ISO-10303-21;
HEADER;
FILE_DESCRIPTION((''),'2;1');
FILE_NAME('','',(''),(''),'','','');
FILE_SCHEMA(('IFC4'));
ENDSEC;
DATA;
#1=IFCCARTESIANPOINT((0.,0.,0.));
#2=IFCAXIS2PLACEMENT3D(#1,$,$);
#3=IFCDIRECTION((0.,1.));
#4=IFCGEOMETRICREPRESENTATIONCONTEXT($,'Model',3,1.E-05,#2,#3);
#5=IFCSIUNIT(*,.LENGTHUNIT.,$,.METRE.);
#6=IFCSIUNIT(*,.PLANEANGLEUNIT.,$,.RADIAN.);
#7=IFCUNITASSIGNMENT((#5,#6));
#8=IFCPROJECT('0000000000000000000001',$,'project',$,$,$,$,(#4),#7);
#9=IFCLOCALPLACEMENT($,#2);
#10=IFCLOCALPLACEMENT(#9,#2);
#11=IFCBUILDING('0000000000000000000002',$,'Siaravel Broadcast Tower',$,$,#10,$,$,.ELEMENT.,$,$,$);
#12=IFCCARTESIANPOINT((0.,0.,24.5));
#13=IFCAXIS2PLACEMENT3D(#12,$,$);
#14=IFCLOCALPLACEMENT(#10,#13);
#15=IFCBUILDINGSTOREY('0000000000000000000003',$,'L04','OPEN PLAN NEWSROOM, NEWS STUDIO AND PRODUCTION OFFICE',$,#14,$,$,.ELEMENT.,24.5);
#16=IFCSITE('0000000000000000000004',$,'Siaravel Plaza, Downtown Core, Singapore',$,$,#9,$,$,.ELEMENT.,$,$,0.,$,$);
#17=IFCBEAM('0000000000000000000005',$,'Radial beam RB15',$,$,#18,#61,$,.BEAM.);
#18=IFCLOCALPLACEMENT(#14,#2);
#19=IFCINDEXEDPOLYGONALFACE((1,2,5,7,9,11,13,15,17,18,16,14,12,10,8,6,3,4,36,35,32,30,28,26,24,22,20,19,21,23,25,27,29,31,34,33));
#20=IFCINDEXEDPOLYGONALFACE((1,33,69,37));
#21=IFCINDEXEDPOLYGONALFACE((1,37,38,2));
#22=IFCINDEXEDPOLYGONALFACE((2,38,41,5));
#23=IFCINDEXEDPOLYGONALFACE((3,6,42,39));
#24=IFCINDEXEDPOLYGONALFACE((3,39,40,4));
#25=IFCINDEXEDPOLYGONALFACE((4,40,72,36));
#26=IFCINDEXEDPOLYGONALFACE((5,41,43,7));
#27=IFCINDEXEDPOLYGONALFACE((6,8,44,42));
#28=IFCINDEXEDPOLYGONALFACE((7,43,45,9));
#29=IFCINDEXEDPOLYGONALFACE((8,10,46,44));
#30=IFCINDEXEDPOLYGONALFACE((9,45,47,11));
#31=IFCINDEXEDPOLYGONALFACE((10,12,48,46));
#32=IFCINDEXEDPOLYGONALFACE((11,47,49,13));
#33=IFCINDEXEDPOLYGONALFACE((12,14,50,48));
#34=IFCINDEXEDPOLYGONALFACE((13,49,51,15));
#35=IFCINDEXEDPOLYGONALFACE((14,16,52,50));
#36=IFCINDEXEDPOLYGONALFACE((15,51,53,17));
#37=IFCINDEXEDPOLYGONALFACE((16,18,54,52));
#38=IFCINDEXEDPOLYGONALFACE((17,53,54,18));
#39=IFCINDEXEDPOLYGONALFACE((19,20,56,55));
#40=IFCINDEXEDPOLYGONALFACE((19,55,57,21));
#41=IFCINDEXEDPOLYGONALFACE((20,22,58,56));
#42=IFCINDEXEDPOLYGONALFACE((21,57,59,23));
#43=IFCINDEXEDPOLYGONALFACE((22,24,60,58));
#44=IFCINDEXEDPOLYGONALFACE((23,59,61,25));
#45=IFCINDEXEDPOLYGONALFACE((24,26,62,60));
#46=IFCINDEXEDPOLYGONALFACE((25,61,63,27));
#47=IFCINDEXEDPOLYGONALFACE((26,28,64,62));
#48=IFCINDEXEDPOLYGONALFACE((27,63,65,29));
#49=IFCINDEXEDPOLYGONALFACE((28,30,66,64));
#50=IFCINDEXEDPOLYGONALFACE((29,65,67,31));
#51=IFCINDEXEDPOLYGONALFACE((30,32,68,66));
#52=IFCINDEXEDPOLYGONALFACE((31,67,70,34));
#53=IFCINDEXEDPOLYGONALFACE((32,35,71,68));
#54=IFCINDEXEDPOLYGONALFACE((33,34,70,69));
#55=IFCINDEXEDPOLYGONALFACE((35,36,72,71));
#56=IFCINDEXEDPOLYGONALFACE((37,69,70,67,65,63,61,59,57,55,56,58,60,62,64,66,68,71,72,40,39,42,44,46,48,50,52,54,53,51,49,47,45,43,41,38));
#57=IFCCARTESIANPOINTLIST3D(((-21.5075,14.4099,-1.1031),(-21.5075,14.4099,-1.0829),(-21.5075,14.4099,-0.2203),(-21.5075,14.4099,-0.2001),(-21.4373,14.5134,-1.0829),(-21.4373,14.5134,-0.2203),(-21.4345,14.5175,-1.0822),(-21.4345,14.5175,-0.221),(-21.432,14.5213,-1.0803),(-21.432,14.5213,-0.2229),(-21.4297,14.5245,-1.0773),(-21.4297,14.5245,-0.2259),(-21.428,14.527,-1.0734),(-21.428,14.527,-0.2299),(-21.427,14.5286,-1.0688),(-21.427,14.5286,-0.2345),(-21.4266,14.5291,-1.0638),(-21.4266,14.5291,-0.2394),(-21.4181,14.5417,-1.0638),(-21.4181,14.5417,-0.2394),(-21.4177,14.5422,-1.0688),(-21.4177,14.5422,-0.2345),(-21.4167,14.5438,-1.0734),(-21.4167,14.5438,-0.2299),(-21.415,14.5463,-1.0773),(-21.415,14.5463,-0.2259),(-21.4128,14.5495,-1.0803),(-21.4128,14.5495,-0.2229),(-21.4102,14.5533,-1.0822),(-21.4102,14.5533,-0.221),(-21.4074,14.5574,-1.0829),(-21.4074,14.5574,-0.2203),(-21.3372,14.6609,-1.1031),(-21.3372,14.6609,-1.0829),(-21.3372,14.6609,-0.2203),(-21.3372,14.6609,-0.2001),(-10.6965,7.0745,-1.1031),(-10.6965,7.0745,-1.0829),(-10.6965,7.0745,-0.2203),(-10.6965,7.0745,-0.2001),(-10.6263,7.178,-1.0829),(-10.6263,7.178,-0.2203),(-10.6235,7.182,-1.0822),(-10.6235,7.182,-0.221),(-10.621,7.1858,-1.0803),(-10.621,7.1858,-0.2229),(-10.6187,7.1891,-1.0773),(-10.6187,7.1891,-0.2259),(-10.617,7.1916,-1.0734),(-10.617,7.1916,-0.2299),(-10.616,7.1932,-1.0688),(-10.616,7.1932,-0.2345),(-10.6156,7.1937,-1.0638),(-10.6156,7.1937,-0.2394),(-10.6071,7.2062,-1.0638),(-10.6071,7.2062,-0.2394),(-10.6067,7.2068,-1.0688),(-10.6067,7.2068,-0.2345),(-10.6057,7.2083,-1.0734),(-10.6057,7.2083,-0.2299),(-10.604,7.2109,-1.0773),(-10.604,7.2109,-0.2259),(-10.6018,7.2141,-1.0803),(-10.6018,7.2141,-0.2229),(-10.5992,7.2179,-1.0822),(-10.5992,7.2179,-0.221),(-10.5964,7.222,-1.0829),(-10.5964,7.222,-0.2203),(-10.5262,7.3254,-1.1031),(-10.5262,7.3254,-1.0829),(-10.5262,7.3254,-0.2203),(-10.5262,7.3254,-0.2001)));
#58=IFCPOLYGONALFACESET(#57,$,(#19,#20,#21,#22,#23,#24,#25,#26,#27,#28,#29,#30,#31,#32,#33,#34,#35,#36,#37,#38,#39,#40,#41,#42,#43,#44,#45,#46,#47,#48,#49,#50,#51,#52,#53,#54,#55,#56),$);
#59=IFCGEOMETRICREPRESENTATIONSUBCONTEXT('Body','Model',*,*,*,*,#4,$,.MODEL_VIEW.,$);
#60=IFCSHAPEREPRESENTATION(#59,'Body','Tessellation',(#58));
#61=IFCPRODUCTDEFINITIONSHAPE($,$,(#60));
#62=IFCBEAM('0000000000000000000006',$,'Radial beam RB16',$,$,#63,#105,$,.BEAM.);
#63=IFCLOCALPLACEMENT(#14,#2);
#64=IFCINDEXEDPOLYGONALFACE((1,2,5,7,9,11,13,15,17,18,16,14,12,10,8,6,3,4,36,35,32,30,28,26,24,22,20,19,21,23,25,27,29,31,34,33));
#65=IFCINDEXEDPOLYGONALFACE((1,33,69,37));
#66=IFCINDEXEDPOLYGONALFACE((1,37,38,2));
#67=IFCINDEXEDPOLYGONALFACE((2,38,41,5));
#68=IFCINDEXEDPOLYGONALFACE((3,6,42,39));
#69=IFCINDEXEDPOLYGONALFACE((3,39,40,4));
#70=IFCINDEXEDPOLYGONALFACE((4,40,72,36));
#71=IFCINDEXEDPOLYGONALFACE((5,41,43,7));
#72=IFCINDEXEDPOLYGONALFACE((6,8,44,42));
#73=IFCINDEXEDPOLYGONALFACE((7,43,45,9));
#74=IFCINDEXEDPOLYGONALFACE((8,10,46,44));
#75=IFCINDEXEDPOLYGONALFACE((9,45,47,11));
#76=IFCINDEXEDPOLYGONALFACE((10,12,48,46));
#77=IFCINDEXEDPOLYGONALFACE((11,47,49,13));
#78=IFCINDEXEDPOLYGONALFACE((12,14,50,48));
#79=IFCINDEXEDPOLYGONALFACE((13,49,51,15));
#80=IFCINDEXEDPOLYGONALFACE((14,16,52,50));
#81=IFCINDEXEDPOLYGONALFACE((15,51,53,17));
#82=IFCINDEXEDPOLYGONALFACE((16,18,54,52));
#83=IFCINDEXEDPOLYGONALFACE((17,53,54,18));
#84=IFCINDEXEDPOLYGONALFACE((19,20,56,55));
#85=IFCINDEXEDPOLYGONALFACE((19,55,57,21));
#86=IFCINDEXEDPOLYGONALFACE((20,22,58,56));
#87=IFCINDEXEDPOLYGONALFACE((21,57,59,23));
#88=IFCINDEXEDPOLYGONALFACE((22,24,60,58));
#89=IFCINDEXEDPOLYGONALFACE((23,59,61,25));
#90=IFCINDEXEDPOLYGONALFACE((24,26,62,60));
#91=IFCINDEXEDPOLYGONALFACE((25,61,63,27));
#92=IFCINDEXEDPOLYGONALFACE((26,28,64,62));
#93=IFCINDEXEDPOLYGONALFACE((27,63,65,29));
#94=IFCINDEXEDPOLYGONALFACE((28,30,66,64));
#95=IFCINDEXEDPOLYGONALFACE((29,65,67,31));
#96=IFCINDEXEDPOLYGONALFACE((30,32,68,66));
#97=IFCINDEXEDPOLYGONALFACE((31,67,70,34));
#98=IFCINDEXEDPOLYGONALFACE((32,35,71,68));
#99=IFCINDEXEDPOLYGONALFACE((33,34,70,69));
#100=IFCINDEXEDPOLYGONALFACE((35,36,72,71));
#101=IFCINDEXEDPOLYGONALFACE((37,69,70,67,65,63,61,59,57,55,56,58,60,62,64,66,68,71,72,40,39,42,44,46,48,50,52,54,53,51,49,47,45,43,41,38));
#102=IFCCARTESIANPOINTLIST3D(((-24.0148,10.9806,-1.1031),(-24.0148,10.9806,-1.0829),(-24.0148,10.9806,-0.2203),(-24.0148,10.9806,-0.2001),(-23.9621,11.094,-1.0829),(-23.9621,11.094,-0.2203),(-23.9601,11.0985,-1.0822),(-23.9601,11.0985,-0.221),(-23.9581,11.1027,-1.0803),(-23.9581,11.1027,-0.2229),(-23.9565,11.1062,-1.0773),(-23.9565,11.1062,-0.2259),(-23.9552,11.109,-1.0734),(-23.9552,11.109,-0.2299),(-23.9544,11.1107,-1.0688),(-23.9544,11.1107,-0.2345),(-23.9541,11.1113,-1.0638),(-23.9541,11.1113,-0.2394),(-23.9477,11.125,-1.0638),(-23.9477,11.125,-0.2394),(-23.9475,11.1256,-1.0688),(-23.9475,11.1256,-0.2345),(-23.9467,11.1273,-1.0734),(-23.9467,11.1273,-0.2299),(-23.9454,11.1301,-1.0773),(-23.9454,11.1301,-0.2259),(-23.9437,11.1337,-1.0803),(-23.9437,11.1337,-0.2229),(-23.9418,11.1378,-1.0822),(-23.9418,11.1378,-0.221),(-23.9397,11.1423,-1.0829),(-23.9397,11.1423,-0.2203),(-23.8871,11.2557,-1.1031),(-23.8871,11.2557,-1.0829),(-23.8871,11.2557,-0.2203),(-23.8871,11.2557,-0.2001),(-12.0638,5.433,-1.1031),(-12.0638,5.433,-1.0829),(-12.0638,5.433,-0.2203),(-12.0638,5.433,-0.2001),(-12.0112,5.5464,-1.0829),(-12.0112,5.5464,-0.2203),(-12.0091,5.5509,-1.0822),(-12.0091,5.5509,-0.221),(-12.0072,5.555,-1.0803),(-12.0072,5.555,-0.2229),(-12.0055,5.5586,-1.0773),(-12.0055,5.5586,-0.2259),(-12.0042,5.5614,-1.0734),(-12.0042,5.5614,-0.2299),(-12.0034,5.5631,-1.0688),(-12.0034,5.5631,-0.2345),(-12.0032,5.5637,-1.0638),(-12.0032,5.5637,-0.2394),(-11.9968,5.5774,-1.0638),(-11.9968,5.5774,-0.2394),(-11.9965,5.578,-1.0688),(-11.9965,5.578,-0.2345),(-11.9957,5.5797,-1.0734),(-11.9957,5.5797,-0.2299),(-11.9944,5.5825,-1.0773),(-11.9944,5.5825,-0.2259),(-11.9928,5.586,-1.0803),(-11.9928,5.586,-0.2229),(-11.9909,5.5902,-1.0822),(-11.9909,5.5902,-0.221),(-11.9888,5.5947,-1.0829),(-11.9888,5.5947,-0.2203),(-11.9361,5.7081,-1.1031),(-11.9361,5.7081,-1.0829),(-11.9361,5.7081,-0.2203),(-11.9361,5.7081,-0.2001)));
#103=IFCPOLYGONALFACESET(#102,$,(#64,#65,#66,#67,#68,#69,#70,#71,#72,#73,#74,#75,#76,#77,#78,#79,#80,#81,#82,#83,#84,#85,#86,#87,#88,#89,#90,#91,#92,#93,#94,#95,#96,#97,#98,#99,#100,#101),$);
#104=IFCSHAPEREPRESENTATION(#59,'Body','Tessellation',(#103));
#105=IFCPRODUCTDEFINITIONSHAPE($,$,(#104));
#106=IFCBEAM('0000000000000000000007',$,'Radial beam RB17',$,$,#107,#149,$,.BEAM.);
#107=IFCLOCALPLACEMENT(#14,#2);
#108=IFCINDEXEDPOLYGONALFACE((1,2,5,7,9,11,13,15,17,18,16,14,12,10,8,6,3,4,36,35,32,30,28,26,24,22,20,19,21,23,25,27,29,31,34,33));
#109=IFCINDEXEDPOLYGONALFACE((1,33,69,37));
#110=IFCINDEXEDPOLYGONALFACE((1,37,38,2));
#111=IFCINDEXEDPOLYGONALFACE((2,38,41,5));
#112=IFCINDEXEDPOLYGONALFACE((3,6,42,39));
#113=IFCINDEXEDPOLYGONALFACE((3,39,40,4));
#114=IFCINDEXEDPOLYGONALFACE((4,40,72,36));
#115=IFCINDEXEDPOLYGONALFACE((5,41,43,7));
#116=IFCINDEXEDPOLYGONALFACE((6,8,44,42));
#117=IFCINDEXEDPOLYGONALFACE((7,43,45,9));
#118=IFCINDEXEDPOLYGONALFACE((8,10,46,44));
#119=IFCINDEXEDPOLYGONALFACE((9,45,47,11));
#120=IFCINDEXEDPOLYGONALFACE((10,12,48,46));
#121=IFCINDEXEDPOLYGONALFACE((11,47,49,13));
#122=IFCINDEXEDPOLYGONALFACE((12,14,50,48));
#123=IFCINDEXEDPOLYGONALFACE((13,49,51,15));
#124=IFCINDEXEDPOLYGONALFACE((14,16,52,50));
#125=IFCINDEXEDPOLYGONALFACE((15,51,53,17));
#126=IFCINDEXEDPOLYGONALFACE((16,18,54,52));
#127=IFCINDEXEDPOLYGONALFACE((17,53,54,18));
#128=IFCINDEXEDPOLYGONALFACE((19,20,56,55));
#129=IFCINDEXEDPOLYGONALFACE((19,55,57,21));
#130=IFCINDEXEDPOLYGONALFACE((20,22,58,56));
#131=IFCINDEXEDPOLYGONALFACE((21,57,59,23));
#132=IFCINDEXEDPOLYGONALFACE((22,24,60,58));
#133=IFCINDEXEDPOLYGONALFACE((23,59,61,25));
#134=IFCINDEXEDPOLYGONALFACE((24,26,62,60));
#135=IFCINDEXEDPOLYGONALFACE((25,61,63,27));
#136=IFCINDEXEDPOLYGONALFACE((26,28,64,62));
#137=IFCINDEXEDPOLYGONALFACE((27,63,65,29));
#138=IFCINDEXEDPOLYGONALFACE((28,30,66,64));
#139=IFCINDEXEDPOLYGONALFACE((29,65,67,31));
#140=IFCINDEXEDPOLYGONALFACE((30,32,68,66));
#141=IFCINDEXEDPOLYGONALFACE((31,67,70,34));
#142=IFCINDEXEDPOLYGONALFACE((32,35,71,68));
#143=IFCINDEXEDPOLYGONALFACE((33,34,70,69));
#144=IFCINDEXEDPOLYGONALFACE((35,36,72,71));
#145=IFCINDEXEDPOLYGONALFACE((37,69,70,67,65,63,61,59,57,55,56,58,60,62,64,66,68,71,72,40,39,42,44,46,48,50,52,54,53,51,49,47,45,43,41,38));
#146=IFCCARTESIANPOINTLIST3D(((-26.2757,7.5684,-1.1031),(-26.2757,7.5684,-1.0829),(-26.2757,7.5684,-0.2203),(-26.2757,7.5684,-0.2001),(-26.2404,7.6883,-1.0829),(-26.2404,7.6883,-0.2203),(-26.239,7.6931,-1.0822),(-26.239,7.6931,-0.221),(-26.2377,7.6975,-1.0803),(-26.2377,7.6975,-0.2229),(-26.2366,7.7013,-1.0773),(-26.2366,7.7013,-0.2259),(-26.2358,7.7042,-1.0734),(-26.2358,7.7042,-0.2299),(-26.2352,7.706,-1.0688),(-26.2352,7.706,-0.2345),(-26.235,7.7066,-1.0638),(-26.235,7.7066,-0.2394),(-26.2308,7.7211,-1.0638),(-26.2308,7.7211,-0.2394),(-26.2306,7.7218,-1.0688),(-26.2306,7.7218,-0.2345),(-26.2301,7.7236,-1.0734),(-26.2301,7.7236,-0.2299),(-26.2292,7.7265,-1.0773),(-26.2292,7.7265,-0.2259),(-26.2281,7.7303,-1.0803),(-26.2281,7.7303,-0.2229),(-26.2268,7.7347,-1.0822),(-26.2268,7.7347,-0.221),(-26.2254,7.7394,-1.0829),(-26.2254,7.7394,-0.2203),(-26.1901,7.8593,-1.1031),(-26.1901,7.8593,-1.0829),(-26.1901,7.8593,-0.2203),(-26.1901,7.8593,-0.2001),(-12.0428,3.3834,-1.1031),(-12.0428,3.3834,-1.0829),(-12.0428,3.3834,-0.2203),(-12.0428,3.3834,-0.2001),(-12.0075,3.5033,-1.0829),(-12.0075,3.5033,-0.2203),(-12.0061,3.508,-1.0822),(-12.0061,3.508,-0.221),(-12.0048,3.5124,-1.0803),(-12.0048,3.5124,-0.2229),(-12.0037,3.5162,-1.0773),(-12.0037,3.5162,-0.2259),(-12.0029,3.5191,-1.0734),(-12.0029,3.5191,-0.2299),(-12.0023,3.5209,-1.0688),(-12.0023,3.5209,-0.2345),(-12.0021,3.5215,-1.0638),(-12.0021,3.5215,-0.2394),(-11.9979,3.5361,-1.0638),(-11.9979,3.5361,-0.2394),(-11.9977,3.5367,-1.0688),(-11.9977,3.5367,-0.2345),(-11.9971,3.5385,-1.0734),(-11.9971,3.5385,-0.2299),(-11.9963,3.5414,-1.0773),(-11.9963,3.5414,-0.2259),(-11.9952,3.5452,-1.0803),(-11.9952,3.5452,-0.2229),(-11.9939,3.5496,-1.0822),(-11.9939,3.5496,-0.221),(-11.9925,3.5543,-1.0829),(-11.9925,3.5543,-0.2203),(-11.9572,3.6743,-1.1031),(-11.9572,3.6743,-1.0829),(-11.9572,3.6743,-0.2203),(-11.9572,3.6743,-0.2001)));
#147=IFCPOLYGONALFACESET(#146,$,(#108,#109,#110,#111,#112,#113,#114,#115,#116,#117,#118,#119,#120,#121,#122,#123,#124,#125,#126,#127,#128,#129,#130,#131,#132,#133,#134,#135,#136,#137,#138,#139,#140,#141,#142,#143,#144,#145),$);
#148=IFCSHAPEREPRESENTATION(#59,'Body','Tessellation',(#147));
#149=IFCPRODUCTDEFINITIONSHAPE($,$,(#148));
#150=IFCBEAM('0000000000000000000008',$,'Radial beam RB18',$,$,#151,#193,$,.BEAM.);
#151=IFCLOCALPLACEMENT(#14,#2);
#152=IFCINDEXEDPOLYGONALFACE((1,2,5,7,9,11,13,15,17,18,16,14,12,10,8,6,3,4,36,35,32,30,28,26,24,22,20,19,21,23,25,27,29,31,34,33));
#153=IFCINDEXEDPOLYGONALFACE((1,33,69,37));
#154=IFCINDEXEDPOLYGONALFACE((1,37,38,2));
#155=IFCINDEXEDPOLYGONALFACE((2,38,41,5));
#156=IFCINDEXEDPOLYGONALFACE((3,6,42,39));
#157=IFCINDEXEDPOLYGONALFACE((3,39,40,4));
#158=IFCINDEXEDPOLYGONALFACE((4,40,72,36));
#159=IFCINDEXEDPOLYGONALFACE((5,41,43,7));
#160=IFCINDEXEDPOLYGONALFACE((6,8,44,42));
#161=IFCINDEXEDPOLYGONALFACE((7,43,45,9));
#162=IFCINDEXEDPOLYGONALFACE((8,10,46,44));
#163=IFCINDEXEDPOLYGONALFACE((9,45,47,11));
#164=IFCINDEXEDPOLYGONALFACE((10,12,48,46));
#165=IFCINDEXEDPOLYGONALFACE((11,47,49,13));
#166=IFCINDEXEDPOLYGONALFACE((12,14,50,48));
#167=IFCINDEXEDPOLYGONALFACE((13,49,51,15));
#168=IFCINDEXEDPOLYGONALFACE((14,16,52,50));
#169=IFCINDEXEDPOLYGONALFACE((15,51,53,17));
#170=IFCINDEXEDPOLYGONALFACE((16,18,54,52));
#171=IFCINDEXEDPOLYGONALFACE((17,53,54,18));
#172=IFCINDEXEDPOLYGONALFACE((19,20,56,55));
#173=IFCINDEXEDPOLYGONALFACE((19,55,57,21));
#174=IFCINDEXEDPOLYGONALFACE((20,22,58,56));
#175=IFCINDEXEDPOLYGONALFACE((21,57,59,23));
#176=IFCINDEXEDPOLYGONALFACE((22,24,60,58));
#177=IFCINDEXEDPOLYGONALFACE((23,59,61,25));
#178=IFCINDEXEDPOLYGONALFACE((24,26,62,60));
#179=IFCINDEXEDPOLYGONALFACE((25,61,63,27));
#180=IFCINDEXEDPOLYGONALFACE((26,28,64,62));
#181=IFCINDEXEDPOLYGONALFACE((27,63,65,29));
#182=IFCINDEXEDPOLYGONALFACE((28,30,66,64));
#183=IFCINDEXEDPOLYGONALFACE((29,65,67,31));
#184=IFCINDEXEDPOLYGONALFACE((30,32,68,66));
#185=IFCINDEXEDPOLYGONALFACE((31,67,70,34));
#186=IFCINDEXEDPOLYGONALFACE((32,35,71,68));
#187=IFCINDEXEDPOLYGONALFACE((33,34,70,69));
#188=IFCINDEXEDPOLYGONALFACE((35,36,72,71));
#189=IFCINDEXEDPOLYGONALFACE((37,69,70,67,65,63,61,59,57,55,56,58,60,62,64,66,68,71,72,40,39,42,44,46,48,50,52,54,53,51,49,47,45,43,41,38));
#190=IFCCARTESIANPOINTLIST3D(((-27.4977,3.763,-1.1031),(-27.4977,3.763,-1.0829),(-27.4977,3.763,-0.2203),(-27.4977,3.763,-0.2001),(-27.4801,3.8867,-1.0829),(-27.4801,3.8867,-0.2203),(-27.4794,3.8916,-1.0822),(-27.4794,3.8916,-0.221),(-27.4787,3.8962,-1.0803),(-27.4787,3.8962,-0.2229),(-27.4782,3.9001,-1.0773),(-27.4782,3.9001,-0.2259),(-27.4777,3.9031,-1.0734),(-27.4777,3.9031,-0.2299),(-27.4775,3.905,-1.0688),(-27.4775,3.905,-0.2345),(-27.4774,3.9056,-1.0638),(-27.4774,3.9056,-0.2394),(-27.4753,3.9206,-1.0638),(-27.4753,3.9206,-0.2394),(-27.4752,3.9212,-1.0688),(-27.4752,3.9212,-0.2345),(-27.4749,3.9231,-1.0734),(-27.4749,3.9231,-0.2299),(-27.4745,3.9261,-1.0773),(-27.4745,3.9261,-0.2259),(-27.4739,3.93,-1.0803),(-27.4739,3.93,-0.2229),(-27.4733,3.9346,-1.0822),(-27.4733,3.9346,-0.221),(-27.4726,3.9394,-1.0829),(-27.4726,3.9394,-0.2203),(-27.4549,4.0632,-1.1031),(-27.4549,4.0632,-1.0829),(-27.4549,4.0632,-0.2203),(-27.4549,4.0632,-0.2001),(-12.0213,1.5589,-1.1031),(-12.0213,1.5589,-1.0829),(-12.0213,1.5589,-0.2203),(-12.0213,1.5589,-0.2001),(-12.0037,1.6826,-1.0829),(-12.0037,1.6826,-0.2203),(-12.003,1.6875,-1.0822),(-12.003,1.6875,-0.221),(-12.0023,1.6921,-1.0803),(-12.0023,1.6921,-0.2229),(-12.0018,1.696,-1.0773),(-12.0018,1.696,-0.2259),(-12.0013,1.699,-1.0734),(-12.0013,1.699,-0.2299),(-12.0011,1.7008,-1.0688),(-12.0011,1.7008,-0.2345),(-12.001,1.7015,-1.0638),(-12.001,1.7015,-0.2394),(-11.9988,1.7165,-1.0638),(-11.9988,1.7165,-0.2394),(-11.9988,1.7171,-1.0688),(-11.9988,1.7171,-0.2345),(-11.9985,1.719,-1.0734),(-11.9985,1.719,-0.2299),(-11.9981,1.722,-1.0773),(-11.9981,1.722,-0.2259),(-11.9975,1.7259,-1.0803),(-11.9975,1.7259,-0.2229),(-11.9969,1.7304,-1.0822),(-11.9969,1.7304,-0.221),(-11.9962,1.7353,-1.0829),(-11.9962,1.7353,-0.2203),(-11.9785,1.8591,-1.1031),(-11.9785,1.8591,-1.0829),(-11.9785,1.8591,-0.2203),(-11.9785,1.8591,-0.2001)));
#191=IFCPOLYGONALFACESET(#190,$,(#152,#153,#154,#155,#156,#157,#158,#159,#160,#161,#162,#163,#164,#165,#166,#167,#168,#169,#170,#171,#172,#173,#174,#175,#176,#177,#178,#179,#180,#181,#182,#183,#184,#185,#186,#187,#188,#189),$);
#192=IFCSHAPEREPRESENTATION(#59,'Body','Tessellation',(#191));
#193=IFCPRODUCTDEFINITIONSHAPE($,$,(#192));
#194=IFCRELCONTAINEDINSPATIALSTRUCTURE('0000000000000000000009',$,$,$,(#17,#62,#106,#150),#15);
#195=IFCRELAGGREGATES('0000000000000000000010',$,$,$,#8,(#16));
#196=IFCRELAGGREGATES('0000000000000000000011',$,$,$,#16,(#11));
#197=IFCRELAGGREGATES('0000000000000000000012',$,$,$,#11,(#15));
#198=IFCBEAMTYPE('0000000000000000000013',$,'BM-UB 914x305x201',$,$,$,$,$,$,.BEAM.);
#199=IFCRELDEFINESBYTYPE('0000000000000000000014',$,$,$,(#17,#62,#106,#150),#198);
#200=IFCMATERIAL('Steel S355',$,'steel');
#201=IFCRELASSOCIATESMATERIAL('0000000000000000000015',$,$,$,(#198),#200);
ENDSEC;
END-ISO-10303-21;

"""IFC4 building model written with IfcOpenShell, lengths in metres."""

from ifc_helpers import new_model, si_unit, direction, frame, origin, origin_2d, place, context, subcontext, project, spatial, i_section, extrude, material, material_profile, profile_set, type_object, element, save


model = new_model("IFC4")

# Units and contexts
model_context = context("Model", 3, precision=1e-05, world=origin(), true_north=direction((0.0, 1.0)))
body_context = subcontext(model_context, "Body", "Model", "MODEL_VIEW")
ifc_project = project(units=[si_unit("LENGTHUNIT", "METRE"), si_unit("PLANEANGLEUNIT", "RADIAN")], contexts=[model_context])

# Site, building, storey
site_placement = place(None, origin())
site = spatial("IfcSite", under=ifc_project, at=site_placement, Name="Siaravel Plaza, Downtown Core, Singapore", CompositionType="ELEMENT", RefElevation=0.0)
building_placement = place(site_placement, origin())
building = spatial("IfcBuilding", under=site, at=building_placement, Name="Siaravel Broadcast Tower", CompositionType="ELEMENT")
storey_placement = place(building_placement, frame((0.0, 0.0, 24.5)))
storey = spatial("IfcBuildingStorey", under=building, at=storey_placement, Name="L04", Description="OPEN PLAN NEWSROOM, NEWS STUDIO AND PRODUCTION OFFICE", CompositionType="ELEMENT", Elevation=24.5)

# Beams
ifc_material_1 = material(Name="Steel S355", Category="steel")
ifc_material_profile_1 = material_profile(ifc_material_1, i_section(OverallWidth=0.3032, OverallDepth=0.9031, WebThickness=0.0151, FlangeThickness=0.0203, FilletRadius=0.019, at=origin_2d()))
ifc_profile_set_1 = profile_set([ifc_material_profile_1], Name="Steel S355")
beam_type = type_object("IfcBeamType", Name="BM-UB 914x305x201", PredefinedType="BEAM", material=ifc_profile_set_1)
beam_1_placement = place(storey_placement, frame((-21.4224, 14.5354, -0.6516), z_axis=(0.827497, -0.561469, 0.0), x_axis=(0.561469, 0.827497, 0.0)))
element("IfcBeam", 1, at=beam_1_placement, inside=storey, type_object=beam_type, Name="Radial beam RB15", PredefinedType="BEAM", context=body_context, shape_type="SweptSolid", body=[
    extrude(i_section(OverallWidth=0.3032, OverallDepth=0.9031, WebThickness=0.0151, FlangeThickness=0.0203, FilletRadius=0.019, at=origin_2d()), origin(), (0.0, 0.0, 1.0), 13.0647),
])
beam_2_placement = place(storey_placement, frame((-23.9509, 11.1182, -0.6516), z_axis=(0.907039, -0.421047, 0.0), x_axis=(0.421047, 0.907039, 0.0)))
element("IfcBeam", 2, at=beam_2_placement, inside=storey, type_object=beam_type, Name="Radial beam RB16", PredefinedType="BEAM", context=body_context, shape_type="SweptSolid", body=[
    extrude(i_section(OverallWidth=0.3032, OverallDepth=0.9031, WebThickness=0.0151, FlangeThickness=0.0203, FilletRadius=0.019, at=origin_2d()), origin(), (0.0, 0.0, 1.0), 13.1758),
])
beam_3_placement = place(storey_placement, frame((-26.2329, 7.7139, -0.6516), z_axis=(0.959385, -0.282099, 0.0), x_axis=(0.282099, 0.959385, 0.0)))
element("IfcBeam", 3, at=beam_3_placement, inside=storey, type_object=beam_type, Name="Radial beam RB17", PredefinedType="BEAM", context=body_context, shape_type="SweptSolid", body=[
    extrude(i_section(OverallWidth=0.3032, OverallDepth=0.9031, WebThickness=0.0151, FlangeThickness=0.0203, FilletRadius=0.019, at=origin_2d()), origin(), (0.0, 0.0, 1.0), 14.8354),
])
beam_4_placement = place(storey_placement, frame((-27.4763, 3.9131, -0.6516), z_axis=(0.99001, -0.140995, 0.0), x_axis=(0.140995, 0.99001, 0.0)))
element("IfcBeam", 4, at=beam_4_placement, inside=storey, type_object=beam_type, Name="Radial beam RB18", PredefinedType="BEAM", context=body_context, shape_type="SweptSolid", body=[
    extrude(i_section(OverallWidth=0.3032, OverallDepth=0.9031, WebThickness=0.0151, FlangeThickness=0.0203, FilletRadius=0.019, at=origin_2d()), origin(), (0.0, 0.0, 1.0), 15.6326),
])

save(model, "model.ifc")
